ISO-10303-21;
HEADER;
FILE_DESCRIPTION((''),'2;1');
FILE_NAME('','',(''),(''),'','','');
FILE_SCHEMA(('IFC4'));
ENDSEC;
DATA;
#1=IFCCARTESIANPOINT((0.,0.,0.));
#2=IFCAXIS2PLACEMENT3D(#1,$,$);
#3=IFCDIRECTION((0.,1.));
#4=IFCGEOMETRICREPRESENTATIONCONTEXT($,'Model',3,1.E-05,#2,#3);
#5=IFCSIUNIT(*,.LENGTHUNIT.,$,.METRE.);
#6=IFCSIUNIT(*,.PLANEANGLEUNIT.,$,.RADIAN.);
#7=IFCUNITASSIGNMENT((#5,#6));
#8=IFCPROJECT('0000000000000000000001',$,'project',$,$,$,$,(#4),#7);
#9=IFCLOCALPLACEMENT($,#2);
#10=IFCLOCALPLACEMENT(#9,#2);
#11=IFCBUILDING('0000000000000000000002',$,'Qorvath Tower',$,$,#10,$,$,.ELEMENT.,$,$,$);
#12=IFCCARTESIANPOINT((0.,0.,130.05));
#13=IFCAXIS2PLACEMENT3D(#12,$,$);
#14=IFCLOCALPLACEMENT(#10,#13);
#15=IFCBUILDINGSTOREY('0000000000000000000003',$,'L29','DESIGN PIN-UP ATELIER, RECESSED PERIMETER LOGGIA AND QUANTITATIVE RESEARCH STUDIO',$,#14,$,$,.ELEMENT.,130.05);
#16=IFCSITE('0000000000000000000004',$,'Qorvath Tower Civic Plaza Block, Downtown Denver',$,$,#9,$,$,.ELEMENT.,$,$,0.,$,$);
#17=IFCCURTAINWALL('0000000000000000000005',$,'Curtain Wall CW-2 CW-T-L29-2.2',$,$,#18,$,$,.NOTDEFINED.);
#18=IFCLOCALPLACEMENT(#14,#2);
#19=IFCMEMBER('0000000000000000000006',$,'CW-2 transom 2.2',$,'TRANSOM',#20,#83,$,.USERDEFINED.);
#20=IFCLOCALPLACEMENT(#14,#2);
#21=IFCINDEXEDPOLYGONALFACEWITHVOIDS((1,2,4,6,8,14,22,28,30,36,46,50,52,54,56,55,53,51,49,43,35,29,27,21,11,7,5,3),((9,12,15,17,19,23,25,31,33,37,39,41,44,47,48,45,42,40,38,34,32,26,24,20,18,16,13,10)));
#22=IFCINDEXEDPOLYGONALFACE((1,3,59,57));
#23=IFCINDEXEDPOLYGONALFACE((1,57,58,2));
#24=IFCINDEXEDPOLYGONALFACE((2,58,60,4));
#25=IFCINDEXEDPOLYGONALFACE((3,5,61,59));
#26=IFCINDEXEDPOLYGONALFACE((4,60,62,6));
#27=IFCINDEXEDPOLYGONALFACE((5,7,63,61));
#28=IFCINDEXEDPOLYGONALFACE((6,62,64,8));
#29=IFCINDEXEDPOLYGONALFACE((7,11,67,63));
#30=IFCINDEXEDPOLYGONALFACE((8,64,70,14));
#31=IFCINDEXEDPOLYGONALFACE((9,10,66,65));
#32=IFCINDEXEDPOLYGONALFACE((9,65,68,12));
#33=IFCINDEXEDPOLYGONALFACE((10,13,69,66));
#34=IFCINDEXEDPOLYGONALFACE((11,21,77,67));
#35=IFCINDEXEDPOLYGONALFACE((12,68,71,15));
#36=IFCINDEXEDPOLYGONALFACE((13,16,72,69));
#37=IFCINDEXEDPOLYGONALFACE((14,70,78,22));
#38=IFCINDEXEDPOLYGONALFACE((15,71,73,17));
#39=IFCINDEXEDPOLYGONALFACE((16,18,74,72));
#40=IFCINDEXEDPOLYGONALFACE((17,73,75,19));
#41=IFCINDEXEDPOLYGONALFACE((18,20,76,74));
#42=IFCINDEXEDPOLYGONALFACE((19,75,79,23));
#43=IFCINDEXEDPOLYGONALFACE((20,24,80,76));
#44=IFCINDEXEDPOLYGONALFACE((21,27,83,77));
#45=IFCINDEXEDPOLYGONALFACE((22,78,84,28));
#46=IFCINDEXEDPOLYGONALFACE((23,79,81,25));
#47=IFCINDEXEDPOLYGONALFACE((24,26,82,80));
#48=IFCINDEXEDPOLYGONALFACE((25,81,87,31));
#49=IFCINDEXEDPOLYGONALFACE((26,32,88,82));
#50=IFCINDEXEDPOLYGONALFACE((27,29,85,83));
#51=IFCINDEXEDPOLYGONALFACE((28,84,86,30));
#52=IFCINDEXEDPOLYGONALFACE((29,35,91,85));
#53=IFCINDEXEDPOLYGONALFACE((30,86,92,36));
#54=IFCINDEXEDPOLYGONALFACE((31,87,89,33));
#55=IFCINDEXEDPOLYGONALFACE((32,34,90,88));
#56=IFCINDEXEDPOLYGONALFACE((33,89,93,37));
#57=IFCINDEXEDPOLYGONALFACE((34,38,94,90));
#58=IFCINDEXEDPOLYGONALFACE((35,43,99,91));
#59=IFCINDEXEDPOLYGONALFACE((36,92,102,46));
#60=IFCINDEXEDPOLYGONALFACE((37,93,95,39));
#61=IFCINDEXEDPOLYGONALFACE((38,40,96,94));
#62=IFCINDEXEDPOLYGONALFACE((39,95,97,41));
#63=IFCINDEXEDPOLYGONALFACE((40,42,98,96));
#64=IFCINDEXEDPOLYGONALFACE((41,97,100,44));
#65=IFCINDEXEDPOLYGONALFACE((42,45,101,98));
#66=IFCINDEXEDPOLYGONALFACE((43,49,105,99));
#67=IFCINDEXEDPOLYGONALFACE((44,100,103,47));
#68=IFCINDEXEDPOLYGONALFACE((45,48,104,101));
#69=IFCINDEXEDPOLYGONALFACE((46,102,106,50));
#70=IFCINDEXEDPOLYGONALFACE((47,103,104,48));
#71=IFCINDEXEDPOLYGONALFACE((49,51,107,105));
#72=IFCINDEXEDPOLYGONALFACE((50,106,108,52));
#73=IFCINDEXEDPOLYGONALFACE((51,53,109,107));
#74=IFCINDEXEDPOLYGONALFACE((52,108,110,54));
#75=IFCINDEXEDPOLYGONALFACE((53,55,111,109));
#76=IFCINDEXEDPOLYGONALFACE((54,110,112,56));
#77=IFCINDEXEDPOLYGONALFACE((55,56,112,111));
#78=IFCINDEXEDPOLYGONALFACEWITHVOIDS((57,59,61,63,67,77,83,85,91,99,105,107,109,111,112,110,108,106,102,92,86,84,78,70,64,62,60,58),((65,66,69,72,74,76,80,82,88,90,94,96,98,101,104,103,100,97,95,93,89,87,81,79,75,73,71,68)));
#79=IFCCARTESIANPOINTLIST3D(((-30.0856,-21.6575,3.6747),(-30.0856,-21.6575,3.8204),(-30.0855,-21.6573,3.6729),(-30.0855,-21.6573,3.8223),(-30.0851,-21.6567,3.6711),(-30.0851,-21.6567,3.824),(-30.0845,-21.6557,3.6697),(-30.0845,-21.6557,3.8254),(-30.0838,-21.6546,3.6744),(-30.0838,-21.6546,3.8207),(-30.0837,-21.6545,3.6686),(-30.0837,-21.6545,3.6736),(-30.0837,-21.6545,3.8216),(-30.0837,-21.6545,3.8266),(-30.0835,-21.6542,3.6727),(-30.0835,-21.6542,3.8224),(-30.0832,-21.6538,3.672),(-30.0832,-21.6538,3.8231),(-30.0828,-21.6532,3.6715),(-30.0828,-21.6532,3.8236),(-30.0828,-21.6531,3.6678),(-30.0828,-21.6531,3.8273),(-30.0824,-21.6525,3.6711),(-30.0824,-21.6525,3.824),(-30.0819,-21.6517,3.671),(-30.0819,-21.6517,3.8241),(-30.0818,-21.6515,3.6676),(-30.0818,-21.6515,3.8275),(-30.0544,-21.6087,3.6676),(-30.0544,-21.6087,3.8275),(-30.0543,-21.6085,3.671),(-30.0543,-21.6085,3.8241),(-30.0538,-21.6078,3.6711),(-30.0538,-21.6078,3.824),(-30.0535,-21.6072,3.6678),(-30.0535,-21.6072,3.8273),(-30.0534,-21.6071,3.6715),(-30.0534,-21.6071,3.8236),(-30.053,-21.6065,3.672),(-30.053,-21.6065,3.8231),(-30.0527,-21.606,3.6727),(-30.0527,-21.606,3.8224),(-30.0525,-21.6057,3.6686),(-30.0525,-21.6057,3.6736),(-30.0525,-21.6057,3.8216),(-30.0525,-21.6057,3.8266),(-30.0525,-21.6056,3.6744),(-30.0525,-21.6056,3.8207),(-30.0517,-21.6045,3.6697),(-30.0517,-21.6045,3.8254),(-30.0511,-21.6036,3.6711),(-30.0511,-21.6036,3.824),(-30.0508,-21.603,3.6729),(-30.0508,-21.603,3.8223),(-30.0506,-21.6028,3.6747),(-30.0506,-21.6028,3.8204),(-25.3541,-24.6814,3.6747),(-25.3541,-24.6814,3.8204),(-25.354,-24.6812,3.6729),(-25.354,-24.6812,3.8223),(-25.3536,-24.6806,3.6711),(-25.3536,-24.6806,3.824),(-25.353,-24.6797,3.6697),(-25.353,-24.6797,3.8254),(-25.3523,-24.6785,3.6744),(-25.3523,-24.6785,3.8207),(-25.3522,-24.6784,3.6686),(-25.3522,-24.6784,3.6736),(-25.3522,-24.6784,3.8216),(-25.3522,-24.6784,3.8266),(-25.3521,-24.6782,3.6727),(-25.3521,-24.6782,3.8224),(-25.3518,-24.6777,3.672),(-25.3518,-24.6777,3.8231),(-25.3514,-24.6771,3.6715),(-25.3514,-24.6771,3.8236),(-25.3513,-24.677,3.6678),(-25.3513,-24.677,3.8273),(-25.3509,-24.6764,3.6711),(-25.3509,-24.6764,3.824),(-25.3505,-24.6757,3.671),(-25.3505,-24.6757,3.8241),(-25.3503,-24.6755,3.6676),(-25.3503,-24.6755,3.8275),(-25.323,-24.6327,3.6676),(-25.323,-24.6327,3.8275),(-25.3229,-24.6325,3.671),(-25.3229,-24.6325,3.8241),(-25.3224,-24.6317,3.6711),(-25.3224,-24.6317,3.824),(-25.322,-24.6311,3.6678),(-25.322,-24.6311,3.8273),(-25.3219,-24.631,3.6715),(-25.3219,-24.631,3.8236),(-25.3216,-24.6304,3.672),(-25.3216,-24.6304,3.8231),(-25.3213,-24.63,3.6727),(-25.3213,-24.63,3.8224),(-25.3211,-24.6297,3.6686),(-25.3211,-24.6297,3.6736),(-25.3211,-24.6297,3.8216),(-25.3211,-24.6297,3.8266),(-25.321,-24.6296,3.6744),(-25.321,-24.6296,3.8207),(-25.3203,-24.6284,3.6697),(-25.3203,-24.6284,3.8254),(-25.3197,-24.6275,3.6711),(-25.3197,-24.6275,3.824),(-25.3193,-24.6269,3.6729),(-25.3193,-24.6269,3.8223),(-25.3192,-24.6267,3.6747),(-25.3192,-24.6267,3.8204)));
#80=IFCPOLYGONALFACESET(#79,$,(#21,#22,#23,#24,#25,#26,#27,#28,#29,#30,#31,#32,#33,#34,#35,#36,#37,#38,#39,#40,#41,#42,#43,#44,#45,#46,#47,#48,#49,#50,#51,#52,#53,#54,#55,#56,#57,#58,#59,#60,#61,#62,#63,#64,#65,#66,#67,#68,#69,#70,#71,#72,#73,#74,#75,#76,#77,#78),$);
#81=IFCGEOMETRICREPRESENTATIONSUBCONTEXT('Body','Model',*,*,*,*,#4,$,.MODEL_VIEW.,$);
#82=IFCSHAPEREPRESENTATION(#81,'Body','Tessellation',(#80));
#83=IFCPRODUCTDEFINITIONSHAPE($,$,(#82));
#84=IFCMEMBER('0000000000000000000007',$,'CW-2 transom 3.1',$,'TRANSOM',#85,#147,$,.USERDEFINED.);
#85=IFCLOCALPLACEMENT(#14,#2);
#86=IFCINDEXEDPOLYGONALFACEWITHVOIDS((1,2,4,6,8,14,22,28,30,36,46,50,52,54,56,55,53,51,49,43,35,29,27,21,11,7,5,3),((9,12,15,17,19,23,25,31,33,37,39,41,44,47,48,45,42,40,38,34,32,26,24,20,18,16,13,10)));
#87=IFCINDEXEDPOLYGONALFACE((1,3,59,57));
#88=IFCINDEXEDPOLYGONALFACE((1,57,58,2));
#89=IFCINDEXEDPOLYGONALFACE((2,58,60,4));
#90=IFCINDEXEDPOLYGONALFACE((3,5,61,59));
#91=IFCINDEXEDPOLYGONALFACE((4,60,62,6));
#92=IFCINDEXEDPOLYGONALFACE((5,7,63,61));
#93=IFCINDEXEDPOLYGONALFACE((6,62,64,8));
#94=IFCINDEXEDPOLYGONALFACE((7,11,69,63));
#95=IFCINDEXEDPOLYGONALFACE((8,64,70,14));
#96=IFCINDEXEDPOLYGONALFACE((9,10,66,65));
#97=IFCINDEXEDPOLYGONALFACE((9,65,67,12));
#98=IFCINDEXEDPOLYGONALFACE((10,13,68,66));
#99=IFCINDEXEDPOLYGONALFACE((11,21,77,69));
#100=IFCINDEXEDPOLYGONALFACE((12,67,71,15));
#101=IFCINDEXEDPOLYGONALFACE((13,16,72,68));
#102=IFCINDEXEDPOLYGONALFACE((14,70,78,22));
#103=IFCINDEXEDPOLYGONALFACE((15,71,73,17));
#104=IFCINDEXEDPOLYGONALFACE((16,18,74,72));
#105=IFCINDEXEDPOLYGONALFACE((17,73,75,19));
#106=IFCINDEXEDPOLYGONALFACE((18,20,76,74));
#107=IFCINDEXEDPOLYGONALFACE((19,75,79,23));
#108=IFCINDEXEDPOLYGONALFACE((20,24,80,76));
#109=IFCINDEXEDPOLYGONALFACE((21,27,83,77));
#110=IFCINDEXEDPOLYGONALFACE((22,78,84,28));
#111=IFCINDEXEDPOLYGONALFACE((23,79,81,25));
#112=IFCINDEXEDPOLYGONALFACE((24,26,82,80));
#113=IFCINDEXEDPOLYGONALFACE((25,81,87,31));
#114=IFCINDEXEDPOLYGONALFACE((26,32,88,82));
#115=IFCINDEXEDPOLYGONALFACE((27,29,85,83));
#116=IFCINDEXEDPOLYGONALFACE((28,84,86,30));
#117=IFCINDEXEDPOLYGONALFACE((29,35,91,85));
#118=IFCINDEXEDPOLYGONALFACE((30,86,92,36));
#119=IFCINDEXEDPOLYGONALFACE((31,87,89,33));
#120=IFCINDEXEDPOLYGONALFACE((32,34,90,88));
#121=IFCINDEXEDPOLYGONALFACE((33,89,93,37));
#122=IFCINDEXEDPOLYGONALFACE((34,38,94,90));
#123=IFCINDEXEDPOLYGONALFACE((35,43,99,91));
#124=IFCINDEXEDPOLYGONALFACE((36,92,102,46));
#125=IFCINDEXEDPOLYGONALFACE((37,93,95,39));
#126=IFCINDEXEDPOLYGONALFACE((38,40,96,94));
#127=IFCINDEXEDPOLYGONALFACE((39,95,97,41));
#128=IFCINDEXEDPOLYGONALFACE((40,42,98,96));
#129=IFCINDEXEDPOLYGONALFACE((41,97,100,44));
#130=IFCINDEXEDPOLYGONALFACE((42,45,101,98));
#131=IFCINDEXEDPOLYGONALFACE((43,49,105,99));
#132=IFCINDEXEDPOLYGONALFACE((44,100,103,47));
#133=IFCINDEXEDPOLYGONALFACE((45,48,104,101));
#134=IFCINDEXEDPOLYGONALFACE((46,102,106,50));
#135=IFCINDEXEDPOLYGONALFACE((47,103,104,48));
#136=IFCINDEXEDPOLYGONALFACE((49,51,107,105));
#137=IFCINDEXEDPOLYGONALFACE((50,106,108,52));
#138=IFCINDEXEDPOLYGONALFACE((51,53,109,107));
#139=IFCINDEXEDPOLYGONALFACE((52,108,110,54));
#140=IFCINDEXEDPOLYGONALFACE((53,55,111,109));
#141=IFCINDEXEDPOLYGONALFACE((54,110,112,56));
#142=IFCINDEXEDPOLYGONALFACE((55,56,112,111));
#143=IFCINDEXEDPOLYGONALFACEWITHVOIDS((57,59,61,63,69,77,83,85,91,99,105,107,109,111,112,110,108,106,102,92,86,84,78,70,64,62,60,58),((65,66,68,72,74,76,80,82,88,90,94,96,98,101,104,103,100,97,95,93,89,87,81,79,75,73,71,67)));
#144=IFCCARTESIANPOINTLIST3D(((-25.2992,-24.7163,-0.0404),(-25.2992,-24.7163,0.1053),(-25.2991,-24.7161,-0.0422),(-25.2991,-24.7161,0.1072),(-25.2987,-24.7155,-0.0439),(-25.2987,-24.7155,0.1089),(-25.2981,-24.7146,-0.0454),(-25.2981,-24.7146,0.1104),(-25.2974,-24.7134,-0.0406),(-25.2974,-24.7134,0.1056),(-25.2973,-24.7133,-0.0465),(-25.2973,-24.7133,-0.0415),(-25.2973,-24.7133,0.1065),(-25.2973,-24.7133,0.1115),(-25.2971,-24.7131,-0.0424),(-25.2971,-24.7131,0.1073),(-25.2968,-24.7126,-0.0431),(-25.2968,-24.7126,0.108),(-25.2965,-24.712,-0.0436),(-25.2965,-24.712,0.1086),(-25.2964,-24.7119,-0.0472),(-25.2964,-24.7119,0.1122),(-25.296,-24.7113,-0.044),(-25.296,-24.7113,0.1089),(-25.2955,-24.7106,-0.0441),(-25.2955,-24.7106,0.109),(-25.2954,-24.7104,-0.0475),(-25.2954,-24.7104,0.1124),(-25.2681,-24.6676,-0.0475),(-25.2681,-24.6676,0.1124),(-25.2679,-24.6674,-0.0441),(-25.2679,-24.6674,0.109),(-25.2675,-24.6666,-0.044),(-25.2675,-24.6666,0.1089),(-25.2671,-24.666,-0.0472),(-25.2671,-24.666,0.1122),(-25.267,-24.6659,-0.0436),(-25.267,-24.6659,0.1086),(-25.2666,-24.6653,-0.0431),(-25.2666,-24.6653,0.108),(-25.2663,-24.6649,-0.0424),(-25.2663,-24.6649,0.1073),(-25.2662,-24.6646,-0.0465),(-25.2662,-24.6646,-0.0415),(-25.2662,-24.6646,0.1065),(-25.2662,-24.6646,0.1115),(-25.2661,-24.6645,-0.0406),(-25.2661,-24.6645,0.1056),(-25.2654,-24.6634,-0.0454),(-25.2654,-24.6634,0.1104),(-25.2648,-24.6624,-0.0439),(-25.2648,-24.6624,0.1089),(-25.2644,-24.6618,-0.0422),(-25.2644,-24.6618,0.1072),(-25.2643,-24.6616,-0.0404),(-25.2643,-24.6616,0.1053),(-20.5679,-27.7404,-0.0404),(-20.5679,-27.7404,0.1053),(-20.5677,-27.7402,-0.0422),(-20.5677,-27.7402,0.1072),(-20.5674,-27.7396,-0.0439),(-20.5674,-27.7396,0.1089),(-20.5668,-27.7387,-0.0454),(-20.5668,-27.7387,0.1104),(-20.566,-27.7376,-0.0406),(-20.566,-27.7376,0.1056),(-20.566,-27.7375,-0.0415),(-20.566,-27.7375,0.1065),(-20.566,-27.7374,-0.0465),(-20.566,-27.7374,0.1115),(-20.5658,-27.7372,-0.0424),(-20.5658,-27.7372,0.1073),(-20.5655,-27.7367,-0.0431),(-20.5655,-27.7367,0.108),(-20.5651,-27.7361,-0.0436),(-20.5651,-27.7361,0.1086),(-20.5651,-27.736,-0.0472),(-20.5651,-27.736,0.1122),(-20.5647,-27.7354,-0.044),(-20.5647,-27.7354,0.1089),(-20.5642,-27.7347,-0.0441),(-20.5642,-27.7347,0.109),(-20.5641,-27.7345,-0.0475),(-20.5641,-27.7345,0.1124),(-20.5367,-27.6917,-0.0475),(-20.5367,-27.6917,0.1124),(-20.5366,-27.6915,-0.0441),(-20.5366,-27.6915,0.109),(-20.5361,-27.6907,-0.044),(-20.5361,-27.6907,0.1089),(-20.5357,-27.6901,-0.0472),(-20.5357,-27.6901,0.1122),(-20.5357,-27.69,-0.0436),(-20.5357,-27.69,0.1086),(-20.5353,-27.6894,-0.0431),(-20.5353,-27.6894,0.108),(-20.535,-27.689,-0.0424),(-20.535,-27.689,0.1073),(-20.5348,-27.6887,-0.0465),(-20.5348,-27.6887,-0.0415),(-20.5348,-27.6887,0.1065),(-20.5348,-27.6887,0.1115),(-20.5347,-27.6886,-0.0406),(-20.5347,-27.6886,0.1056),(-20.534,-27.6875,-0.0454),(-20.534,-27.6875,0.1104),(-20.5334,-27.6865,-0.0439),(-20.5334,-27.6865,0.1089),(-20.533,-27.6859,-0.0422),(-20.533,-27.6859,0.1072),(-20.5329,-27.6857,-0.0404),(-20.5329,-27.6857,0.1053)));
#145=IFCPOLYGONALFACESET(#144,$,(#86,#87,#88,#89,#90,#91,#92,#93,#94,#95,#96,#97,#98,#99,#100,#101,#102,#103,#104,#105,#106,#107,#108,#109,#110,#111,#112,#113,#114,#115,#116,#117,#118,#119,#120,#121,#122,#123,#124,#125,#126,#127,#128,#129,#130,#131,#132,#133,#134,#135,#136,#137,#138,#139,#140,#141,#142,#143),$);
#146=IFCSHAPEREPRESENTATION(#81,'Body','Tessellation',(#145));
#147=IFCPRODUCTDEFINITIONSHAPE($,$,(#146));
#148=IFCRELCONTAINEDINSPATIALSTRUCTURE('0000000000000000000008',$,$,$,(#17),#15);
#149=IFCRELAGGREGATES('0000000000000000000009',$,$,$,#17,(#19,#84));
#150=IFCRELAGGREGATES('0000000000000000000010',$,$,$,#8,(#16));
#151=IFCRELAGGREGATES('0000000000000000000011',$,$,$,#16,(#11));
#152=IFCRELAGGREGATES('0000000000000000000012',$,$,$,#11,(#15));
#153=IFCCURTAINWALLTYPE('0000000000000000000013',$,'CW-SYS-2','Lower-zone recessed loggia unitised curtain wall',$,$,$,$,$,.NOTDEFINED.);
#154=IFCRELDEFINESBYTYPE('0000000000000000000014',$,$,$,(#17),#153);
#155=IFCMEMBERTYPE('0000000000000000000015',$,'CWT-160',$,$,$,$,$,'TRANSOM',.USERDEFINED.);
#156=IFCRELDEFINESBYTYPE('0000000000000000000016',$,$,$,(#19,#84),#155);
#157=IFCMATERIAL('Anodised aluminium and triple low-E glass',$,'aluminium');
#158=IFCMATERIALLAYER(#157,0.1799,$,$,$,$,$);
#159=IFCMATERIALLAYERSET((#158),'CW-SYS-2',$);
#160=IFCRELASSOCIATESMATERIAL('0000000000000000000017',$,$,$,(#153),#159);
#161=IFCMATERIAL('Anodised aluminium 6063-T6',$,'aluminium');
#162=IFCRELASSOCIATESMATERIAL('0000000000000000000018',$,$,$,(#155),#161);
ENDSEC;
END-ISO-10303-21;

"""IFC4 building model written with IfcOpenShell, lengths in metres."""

from ifc_helpers import new_model, si_unit, direction, frame, origin, origin_2d, place, context, subcontext, project, spatial, hollow_rectangle, extrude, material, layer, layer_set, material_profile, profile_set, type_object, element, aggregate, save


model = new_model("IFC4")

# Units and contexts
model_context = context("Model", 3, precision=1e-05, world=origin(), true_north=direction((0.0, 1.0)))
body_context = subcontext(model_context, "Body", "Model", "MODEL_VIEW")
ifc_project = project(units=[si_unit("LENGTHUNIT", "METRE"), si_unit("PLANEANGLEUNIT", "RADIAN")], contexts=[model_context])

# Site, building, storey
site_placement = place(None, origin())
site = spatial("IfcSite", under=ifc_project, at=site_placement, Name="Qorvath Tower Civic Plaza Block, Downtown Denver", CompositionType="ELEMENT", RefElevation=0.0)
building_placement = place(site_placement, origin())
building = spatial("IfcBuilding", under=site, at=building_placement, Name="Qorvath Tower", CompositionType="ELEMENT")
storey_placement = place(building_placement, frame((0.0, 0.0, 130.05)))
storey = spatial("IfcBuildingStorey", under=building, at=storey_placement, Name="L29", Description="DESIGN PIN-UP ATELIER, RECESSED PERIMETER LOGGIA AND QUANTITATIVE RESEARCH STUDIO", CompositionType="ELEMENT", Elevation=130.05)

# Curtain wall, members
ifc_material_1 = material(Name="Anodised aluminium and triple low-E glass", Category="aluminium")
ifc_layer_1 = layer(ifc_material_1, 0.1799)
ifc_layer_set_1 = layer_set([ifc_layer_1], Name="CW-SYS-2")
curtain_wall_type = type_object("IfcCurtainWallType", Name="CW-SYS-2", Description="Lower-zone recessed loggia unitised curtain wall", PredefinedType="NOTDEFINED", material=ifc_layer_set_1)
curtain_wall_placement = place(storey_placement, origin())
curtain_wall = element("IfcCurtainWall", 1, at=curtain_wall_placement, inside=storey, type_object=curtain_wall_type, Name="Curtain Wall CW-2 CW-T-L29-2.2", PredefinedType="NOTDEFINED")
ifc_material_2 = material(Name="Anodised aluminium 6063-T6", Category="aluminium")
ifc_material_profile_1 = material_profile(ifc_material_2, hollow_rectangle(XDim=0.0649, YDim=0.1599, WallThickness=0.0034, InnerFilletRadius=0.0034, OuterFilletRadius=0.0071, at=origin_2d()), Name="CWT 160x65")
ifc_profile_set_1 = profile_set([ifc_material_profile_1], Name="Anodised aluminium 6063-T6")
member_type_1 = type_object("IfcMemberType", Name="CWT-160", ElementType="TRANSOM", PredefinedType="USERDEFINED", material=ifc_profile_set_1)
member_1_placement = place(storey_placement, frame((-30.0681, -21.6301, 3.7476), z_axis=(0.842611, -0.538523, 0.0), x_axis=(0.538523, 0.842611, 0.0)))
member_1 = element("IfcMember", 2, at=member_1_placement, type_object=member_type_1, Name="CW-2 transom 2.2", ObjectType="TRANSOM", PredefinedType="USERDEFINED", context=body_context, shape_type="SweptSolid", body=[
    extrude(hollow_rectangle(XDim=0.0649, YDim=0.1599, WallThickness=0.0034, InnerFilletRadius=0.0034, OuterFilletRadius=0.0071, at=origin_2d()), origin(), (0.0, 0.0, 1.0), 5.6152),
])
member_2_placement = place(storey_placement, frame((-25.2817, -24.689, 0.0325), z_axis=(0.842591, -0.538554, 0.0), x_axis=(0.538554, 0.842591, 0.0)))
member_2 = element("IfcMember", 3, at=member_2_placement, type_object=member_type_1, Name="CW-2 transom 3.1", ObjectType="TRANSOM", PredefinedType="USERDEFINED", context=body_context, shape_type="SweptSolid", body=[
    extrude(hollow_rectangle(XDim=0.0649, YDim=0.1599, WallThickness=0.0034, InnerFilletRadius=0.0034, OuterFilletRadius=0.0071, at=origin_2d()), origin(), (0.0, 0.0, 1.0), 5.6152),
])
aggregate(curtain_wall, [member_1, member_2])

save(model, "model.ifc")
